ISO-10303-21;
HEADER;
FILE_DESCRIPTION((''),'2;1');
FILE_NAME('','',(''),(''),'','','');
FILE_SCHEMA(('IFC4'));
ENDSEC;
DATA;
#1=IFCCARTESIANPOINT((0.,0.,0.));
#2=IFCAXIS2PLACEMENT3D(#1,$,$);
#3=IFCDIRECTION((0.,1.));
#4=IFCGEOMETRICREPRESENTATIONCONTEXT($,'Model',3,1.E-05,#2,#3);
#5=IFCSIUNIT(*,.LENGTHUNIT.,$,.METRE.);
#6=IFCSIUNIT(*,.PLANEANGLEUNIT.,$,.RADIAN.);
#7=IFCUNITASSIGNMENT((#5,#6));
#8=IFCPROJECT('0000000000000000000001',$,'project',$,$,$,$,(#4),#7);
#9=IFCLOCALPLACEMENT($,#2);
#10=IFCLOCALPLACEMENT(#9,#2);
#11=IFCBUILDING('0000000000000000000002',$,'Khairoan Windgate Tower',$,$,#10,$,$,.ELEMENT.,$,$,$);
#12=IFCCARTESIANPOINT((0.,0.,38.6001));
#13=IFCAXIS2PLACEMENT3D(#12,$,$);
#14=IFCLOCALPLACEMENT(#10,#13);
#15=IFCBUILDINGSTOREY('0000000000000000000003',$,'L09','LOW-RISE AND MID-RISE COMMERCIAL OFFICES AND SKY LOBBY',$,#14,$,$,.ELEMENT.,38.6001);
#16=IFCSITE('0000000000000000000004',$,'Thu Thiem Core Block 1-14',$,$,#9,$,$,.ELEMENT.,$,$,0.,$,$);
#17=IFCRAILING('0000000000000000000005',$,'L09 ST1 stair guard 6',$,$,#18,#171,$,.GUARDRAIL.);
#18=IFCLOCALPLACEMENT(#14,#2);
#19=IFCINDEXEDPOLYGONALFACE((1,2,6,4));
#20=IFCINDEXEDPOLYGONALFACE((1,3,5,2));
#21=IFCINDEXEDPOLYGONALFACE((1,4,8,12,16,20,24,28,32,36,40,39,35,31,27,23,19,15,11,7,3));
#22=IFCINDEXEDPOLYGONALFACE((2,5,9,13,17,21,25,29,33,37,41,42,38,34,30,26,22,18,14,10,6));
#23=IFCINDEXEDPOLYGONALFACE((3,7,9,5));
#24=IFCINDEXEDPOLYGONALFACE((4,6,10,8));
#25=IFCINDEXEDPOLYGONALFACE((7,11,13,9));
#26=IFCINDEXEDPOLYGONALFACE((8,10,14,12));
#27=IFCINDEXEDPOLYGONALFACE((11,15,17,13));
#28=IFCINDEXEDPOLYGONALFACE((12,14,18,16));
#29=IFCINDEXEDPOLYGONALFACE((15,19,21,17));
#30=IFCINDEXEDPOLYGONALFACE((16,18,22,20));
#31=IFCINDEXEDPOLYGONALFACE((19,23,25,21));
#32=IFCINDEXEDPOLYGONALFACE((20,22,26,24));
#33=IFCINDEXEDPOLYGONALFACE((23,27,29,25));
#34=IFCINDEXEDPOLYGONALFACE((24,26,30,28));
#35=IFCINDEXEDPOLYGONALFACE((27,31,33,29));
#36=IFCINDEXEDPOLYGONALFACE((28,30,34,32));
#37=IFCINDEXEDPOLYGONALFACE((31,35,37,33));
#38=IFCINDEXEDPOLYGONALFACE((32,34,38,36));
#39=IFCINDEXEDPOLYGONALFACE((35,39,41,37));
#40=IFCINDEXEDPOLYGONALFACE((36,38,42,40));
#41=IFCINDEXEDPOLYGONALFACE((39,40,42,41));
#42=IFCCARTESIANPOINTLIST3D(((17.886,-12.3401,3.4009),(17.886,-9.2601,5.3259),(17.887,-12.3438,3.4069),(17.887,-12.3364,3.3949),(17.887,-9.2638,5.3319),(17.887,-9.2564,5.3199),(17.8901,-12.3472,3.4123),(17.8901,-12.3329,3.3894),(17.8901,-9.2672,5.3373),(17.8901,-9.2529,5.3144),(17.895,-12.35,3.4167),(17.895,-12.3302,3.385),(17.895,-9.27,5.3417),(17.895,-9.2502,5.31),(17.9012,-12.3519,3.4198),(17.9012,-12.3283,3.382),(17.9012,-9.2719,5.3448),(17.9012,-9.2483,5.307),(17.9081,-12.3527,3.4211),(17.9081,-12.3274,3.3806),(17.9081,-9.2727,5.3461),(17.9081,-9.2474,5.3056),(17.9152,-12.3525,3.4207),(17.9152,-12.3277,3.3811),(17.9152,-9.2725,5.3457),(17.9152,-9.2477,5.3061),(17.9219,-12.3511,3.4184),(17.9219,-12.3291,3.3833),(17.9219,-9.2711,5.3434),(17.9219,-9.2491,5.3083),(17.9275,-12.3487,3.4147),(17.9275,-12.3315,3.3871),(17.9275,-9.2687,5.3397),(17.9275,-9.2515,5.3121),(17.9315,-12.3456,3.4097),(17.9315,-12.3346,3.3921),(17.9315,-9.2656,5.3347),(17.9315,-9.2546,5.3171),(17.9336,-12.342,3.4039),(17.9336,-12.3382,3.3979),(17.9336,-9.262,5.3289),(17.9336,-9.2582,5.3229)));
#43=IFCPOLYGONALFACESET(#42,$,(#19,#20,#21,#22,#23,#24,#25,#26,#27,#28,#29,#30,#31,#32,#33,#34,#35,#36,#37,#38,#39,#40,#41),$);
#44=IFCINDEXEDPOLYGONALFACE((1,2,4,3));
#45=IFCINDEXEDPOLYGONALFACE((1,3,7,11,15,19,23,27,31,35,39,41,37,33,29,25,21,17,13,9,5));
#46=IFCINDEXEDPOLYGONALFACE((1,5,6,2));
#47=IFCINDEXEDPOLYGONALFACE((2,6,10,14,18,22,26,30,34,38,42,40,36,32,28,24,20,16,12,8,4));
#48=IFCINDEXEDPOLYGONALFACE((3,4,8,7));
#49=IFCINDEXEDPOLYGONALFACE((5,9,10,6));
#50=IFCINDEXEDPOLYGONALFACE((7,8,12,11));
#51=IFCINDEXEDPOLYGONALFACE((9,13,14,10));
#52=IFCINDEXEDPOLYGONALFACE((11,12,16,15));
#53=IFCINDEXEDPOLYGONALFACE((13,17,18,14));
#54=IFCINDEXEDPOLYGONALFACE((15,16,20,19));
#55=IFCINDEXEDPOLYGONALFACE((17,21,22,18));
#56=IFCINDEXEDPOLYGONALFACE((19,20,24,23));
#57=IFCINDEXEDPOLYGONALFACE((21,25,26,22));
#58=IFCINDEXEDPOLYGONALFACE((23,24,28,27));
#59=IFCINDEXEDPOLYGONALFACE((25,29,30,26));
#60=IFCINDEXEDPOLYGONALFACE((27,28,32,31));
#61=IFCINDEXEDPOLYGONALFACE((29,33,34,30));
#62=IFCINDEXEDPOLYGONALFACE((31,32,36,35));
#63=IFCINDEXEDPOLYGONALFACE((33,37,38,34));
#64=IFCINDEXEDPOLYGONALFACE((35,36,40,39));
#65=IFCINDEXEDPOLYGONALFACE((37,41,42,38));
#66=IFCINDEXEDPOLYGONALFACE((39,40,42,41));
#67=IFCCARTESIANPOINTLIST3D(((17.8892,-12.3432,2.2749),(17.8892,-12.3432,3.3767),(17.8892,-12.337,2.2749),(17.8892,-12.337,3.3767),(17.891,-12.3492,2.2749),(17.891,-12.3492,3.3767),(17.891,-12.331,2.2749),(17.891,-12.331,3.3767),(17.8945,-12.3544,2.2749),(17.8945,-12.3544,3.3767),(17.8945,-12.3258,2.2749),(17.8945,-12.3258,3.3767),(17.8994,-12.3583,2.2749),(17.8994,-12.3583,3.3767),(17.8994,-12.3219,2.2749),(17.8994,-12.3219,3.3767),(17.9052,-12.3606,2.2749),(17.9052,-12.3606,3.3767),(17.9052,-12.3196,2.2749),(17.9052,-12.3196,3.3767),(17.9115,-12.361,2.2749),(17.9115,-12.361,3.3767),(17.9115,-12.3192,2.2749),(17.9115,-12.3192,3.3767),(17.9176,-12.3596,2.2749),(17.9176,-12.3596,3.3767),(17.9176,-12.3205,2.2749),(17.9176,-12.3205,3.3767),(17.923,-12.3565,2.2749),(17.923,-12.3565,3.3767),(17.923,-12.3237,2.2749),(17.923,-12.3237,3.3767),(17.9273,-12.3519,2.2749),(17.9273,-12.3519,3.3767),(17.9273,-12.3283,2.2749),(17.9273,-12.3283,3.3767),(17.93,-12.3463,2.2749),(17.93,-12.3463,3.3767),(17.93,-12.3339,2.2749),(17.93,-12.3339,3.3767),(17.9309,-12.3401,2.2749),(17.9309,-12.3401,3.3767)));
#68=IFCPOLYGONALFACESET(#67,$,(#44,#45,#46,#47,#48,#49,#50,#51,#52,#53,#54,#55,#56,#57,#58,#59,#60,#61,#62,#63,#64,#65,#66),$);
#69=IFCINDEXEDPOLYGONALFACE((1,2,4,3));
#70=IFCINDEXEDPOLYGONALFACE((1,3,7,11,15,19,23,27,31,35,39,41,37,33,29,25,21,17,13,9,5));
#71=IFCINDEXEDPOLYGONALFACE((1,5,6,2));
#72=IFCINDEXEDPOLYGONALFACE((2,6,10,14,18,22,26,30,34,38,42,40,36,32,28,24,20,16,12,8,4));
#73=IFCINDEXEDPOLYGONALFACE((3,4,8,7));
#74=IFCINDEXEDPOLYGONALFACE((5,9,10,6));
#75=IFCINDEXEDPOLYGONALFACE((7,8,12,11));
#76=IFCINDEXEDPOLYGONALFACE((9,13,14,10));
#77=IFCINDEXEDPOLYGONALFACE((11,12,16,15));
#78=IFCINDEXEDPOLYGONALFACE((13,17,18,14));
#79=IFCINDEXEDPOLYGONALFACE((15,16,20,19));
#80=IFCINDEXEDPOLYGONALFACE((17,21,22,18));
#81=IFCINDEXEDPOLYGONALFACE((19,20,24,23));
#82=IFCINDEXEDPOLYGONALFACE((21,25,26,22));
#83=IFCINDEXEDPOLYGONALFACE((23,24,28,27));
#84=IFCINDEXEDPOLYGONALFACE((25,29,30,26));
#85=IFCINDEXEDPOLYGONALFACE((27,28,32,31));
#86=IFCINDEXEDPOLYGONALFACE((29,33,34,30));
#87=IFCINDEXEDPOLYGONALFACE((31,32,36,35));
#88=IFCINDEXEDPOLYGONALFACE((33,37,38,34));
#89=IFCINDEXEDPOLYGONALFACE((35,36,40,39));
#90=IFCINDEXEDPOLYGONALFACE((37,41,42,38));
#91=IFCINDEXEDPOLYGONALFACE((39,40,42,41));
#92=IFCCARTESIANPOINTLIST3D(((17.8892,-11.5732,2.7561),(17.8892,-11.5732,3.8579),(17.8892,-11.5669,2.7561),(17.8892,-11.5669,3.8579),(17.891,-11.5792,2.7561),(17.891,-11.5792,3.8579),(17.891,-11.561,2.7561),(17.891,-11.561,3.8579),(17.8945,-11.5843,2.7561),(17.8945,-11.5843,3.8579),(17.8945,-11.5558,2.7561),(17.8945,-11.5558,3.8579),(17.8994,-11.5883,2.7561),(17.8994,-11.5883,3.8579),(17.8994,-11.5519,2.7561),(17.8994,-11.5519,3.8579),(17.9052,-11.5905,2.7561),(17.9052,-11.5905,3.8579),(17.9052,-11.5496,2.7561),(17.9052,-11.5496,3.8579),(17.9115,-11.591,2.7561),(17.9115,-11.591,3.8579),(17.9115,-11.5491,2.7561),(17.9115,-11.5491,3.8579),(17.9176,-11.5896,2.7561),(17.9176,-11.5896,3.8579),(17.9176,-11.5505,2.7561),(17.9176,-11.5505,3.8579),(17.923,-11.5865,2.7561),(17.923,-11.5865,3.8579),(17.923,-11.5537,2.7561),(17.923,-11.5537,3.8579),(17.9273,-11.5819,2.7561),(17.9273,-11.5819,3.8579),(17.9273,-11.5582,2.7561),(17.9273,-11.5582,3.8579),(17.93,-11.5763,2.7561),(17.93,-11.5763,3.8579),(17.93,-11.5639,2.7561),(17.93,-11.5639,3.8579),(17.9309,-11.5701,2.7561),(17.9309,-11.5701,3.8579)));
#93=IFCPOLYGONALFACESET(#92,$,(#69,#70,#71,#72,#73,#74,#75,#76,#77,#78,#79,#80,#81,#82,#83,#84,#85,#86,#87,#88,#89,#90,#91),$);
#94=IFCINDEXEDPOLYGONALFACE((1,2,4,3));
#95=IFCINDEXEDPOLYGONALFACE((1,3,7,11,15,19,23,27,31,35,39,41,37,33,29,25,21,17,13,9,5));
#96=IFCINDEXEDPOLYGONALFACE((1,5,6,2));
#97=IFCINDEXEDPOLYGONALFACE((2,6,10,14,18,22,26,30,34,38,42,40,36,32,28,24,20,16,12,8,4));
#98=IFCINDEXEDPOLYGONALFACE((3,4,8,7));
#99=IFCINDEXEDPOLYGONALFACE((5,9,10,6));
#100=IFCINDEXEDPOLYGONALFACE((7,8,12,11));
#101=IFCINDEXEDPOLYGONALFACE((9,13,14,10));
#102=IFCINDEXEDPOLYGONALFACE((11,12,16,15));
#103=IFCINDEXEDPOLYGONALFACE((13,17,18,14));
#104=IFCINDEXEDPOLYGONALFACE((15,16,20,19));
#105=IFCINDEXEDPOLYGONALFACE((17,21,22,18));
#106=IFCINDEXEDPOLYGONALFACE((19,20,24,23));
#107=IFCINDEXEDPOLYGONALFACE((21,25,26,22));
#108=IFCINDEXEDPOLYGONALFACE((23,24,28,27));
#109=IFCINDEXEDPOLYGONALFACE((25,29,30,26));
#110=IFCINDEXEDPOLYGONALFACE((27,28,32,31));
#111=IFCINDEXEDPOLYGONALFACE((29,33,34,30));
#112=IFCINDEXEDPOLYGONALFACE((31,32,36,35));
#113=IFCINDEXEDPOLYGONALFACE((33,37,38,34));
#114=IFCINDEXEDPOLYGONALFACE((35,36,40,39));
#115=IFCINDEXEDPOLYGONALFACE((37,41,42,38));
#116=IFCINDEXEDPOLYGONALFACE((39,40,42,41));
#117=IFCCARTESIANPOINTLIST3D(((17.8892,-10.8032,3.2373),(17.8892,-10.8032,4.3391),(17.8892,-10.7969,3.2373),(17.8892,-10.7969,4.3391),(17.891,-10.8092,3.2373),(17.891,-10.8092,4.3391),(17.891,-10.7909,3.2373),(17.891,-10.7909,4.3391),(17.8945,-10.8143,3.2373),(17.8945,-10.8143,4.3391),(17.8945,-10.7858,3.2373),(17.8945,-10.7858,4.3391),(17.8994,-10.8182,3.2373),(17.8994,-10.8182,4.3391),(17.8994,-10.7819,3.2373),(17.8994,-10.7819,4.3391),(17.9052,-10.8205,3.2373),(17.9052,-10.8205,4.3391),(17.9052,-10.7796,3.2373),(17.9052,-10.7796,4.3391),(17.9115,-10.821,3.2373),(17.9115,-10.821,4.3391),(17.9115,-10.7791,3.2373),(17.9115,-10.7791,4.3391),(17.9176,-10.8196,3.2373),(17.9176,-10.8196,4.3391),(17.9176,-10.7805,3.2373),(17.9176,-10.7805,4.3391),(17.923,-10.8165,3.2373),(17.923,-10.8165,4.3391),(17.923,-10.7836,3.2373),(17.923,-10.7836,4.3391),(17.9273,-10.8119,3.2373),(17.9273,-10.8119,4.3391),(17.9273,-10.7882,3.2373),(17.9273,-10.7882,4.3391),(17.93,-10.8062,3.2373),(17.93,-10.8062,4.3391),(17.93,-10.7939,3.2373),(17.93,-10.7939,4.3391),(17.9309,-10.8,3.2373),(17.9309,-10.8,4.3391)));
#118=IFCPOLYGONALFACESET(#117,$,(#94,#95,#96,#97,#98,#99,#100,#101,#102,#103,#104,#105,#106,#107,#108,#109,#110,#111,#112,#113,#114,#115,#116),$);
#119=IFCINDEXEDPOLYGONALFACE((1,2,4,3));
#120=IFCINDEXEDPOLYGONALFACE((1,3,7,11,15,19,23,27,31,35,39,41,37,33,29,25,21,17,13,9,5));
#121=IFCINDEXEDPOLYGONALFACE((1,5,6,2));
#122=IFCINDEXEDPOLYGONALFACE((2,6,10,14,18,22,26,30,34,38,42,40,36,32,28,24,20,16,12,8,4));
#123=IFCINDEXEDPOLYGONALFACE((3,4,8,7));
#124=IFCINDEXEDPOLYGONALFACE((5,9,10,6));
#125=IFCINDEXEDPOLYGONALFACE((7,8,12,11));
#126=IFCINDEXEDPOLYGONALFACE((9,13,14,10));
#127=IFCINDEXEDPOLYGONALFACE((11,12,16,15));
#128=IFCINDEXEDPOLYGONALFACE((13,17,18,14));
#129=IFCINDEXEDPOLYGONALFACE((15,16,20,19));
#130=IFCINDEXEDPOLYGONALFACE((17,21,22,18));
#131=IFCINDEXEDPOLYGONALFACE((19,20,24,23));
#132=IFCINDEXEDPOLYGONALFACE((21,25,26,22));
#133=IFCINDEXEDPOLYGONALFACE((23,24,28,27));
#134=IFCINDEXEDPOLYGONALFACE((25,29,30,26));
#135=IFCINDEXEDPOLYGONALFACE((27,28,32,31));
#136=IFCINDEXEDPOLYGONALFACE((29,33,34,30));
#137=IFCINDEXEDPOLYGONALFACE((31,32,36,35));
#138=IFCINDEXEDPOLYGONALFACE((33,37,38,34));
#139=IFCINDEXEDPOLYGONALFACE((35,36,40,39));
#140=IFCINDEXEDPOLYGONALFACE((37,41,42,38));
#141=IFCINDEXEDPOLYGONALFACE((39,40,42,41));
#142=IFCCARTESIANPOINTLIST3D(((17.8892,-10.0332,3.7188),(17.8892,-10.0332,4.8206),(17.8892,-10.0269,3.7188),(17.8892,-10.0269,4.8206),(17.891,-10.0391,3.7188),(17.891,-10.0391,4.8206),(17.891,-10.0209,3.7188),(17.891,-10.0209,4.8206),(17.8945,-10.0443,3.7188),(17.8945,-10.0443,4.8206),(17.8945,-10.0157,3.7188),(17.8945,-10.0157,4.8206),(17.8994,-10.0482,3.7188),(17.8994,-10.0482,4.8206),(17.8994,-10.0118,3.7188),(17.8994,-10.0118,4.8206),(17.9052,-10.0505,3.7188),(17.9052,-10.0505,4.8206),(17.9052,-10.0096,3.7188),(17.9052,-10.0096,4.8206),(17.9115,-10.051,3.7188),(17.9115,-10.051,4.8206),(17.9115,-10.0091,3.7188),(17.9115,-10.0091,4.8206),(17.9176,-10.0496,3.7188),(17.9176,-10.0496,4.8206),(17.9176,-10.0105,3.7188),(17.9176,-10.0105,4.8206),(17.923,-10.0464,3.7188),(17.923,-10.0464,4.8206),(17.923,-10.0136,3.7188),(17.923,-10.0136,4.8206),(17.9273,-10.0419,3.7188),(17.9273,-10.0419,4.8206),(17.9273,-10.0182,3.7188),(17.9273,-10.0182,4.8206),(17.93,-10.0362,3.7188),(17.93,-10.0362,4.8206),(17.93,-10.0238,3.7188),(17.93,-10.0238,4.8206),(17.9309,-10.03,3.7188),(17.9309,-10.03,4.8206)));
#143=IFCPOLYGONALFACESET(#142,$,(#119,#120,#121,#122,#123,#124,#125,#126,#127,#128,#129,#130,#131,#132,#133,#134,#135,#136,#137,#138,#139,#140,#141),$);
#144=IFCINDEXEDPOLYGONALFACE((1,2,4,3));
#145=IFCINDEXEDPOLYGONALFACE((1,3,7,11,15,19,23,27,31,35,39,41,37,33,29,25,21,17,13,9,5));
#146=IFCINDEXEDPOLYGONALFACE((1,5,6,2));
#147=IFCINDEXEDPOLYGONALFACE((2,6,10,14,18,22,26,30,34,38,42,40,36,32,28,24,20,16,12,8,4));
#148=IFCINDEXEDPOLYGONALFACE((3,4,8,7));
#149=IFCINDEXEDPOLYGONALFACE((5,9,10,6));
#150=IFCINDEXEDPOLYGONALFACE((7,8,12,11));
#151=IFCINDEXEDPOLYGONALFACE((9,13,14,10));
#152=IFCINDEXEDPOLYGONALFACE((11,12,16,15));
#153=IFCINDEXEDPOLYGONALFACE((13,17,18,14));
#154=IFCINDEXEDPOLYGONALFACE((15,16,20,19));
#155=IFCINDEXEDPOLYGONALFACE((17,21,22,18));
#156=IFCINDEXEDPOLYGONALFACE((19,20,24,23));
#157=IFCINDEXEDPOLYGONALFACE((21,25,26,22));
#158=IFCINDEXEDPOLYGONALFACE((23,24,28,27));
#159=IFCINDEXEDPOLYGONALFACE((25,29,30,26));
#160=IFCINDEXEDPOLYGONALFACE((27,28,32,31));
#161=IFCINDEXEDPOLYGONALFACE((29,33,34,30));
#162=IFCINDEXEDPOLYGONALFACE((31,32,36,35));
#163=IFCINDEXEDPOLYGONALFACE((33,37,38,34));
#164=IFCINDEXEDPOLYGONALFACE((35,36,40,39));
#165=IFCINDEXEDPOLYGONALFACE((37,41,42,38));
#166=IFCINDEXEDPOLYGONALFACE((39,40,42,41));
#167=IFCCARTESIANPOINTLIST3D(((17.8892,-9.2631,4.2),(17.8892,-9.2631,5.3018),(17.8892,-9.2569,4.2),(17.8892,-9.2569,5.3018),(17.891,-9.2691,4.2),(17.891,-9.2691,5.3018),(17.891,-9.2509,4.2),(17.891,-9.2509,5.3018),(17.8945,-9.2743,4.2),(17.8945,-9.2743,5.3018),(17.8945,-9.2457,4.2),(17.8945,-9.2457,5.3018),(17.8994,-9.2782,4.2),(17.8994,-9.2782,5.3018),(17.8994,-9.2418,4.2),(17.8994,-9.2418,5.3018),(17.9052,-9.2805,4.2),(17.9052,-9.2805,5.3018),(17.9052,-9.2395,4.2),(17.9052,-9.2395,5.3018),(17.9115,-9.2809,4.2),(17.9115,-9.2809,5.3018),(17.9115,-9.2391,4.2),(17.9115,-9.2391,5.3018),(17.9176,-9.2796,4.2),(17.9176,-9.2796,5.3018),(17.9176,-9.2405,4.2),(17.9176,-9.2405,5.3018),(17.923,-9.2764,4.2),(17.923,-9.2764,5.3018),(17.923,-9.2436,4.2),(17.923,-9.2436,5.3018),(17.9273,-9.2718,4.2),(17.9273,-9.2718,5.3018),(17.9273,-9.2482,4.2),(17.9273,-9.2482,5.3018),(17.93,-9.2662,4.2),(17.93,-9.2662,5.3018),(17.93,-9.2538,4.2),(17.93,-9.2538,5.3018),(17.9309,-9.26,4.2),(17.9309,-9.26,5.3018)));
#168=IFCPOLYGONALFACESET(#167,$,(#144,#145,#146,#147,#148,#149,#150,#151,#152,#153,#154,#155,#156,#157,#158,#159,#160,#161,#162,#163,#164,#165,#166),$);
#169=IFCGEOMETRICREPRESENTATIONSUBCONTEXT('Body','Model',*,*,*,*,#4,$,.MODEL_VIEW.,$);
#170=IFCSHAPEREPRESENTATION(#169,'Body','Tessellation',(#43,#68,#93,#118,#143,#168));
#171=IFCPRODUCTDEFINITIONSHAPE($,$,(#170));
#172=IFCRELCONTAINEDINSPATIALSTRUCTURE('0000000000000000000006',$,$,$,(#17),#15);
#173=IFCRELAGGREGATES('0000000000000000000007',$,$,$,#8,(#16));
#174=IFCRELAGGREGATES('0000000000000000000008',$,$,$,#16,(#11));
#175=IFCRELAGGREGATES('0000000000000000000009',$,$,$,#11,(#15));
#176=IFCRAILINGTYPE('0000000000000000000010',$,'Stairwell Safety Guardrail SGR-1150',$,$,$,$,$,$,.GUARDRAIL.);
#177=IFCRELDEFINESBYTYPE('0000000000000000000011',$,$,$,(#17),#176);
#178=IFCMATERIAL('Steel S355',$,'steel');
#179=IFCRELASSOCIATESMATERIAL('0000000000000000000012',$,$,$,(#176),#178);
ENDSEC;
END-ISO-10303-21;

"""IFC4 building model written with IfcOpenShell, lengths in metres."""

from ifc_helpers import new_model, si_unit, direction, frame, origin, origin_2d, place, context, subcontext, project, spatial, circle, extrude, material, type_object, element, save


model = new_model("IFC4")

# Units and contexts
model_context = context("Model", 3, precision=1e-05, world=origin(), true_north=direction((0.0, 1.0)))
body_context = subcontext(model_context, "Body", "Model", "MODEL_VIEW")
ifc_project = project(units=[si_unit("LENGTHUNIT", "METRE"), si_unit("PLANEANGLEUNIT", "RADIAN")], contexts=[model_context])

# Site, building, storey
site_placement = place(None, origin())
site = spatial("IfcSite", under=ifc_project, at=site_placement, Name="Thu Thiem Core Block 1-14", CompositionType="ELEMENT", RefElevation=0.0)
building_placement = place(site_placement, origin())
building = spatial("IfcBuilding", under=site, at=building_placement, Name="Khairoan Windgate Tower", CompositionType="ELEMENT")
storey_placement = place(building_placement, frame((0.0, 0.0, 38.6001)))
storey = spatial("IfcBuildingStorey", under=building, at=storey_placement, Name="L09", Description="LOW-RISE AND MID-RISE COMMERCIAL OFFICES AND SKY LOBBY", CompositionType="ELEMENT", Elevation=38.6001)

# Railing
ifc_material_1 = material(Name="Steel S355", Category="steel")
railing_type_1 = type_object("IfcRailingType", Name="Stairwell Safety Guardrail SGR-1150", PredefinedType="GUARDRAIL", material=ifc_material_1)
railing_1_placement = place(storey_placement, frame((17.9099, -12.3401, 2.2749)))
element("IfcRailing", 1, at=railing_1_placement, inside=storey, type_object=railing_type_1, Name="L09 ST1 stair guard 6", PredefinedType="GUARDRAIL", context=body_context, shape_type="SweptSolid", body=[
    extrude(circle(Radius=0.0239, at=origin_2d()), frame((0.0, 0.0, 1.126), z_axis=(0.0, 0.847998, 0.529999), x_axis=(-1.0, 0.0, 0.0)), (0.0, 0.0, 1.0), 3.6321),
    extrude(circle(Radius=0.021, at=origin_2d()), origin(), (0.0, 0.0, 1.0), 1.1018),
    extrude(circle(Radius=0.021, at=origin_2d()), frame((0.0, 0.77, 0.4812)), (0.0, 0.0, 1.0), 1.1018),
    extrude(circle(Radius=0.021, at=origin_2d()), frame((0.0, 1.54, 0.9624)), (0.0, 0.0, 1.0), 1.1018),
    extrude(circle(Radius=0.021, at=origin_2d()), frame((0.0, 2.3101, 1.4438)), (0.0, 0.0, 1.0), 1.1018),
    extrude(circle(Radius=0.021, at=origin_2d()), frame((0.0, 3.0801, 1.925)), (0.0, 0.0, 1.0), 1.1018),
])

save(model, "model.ifc")
